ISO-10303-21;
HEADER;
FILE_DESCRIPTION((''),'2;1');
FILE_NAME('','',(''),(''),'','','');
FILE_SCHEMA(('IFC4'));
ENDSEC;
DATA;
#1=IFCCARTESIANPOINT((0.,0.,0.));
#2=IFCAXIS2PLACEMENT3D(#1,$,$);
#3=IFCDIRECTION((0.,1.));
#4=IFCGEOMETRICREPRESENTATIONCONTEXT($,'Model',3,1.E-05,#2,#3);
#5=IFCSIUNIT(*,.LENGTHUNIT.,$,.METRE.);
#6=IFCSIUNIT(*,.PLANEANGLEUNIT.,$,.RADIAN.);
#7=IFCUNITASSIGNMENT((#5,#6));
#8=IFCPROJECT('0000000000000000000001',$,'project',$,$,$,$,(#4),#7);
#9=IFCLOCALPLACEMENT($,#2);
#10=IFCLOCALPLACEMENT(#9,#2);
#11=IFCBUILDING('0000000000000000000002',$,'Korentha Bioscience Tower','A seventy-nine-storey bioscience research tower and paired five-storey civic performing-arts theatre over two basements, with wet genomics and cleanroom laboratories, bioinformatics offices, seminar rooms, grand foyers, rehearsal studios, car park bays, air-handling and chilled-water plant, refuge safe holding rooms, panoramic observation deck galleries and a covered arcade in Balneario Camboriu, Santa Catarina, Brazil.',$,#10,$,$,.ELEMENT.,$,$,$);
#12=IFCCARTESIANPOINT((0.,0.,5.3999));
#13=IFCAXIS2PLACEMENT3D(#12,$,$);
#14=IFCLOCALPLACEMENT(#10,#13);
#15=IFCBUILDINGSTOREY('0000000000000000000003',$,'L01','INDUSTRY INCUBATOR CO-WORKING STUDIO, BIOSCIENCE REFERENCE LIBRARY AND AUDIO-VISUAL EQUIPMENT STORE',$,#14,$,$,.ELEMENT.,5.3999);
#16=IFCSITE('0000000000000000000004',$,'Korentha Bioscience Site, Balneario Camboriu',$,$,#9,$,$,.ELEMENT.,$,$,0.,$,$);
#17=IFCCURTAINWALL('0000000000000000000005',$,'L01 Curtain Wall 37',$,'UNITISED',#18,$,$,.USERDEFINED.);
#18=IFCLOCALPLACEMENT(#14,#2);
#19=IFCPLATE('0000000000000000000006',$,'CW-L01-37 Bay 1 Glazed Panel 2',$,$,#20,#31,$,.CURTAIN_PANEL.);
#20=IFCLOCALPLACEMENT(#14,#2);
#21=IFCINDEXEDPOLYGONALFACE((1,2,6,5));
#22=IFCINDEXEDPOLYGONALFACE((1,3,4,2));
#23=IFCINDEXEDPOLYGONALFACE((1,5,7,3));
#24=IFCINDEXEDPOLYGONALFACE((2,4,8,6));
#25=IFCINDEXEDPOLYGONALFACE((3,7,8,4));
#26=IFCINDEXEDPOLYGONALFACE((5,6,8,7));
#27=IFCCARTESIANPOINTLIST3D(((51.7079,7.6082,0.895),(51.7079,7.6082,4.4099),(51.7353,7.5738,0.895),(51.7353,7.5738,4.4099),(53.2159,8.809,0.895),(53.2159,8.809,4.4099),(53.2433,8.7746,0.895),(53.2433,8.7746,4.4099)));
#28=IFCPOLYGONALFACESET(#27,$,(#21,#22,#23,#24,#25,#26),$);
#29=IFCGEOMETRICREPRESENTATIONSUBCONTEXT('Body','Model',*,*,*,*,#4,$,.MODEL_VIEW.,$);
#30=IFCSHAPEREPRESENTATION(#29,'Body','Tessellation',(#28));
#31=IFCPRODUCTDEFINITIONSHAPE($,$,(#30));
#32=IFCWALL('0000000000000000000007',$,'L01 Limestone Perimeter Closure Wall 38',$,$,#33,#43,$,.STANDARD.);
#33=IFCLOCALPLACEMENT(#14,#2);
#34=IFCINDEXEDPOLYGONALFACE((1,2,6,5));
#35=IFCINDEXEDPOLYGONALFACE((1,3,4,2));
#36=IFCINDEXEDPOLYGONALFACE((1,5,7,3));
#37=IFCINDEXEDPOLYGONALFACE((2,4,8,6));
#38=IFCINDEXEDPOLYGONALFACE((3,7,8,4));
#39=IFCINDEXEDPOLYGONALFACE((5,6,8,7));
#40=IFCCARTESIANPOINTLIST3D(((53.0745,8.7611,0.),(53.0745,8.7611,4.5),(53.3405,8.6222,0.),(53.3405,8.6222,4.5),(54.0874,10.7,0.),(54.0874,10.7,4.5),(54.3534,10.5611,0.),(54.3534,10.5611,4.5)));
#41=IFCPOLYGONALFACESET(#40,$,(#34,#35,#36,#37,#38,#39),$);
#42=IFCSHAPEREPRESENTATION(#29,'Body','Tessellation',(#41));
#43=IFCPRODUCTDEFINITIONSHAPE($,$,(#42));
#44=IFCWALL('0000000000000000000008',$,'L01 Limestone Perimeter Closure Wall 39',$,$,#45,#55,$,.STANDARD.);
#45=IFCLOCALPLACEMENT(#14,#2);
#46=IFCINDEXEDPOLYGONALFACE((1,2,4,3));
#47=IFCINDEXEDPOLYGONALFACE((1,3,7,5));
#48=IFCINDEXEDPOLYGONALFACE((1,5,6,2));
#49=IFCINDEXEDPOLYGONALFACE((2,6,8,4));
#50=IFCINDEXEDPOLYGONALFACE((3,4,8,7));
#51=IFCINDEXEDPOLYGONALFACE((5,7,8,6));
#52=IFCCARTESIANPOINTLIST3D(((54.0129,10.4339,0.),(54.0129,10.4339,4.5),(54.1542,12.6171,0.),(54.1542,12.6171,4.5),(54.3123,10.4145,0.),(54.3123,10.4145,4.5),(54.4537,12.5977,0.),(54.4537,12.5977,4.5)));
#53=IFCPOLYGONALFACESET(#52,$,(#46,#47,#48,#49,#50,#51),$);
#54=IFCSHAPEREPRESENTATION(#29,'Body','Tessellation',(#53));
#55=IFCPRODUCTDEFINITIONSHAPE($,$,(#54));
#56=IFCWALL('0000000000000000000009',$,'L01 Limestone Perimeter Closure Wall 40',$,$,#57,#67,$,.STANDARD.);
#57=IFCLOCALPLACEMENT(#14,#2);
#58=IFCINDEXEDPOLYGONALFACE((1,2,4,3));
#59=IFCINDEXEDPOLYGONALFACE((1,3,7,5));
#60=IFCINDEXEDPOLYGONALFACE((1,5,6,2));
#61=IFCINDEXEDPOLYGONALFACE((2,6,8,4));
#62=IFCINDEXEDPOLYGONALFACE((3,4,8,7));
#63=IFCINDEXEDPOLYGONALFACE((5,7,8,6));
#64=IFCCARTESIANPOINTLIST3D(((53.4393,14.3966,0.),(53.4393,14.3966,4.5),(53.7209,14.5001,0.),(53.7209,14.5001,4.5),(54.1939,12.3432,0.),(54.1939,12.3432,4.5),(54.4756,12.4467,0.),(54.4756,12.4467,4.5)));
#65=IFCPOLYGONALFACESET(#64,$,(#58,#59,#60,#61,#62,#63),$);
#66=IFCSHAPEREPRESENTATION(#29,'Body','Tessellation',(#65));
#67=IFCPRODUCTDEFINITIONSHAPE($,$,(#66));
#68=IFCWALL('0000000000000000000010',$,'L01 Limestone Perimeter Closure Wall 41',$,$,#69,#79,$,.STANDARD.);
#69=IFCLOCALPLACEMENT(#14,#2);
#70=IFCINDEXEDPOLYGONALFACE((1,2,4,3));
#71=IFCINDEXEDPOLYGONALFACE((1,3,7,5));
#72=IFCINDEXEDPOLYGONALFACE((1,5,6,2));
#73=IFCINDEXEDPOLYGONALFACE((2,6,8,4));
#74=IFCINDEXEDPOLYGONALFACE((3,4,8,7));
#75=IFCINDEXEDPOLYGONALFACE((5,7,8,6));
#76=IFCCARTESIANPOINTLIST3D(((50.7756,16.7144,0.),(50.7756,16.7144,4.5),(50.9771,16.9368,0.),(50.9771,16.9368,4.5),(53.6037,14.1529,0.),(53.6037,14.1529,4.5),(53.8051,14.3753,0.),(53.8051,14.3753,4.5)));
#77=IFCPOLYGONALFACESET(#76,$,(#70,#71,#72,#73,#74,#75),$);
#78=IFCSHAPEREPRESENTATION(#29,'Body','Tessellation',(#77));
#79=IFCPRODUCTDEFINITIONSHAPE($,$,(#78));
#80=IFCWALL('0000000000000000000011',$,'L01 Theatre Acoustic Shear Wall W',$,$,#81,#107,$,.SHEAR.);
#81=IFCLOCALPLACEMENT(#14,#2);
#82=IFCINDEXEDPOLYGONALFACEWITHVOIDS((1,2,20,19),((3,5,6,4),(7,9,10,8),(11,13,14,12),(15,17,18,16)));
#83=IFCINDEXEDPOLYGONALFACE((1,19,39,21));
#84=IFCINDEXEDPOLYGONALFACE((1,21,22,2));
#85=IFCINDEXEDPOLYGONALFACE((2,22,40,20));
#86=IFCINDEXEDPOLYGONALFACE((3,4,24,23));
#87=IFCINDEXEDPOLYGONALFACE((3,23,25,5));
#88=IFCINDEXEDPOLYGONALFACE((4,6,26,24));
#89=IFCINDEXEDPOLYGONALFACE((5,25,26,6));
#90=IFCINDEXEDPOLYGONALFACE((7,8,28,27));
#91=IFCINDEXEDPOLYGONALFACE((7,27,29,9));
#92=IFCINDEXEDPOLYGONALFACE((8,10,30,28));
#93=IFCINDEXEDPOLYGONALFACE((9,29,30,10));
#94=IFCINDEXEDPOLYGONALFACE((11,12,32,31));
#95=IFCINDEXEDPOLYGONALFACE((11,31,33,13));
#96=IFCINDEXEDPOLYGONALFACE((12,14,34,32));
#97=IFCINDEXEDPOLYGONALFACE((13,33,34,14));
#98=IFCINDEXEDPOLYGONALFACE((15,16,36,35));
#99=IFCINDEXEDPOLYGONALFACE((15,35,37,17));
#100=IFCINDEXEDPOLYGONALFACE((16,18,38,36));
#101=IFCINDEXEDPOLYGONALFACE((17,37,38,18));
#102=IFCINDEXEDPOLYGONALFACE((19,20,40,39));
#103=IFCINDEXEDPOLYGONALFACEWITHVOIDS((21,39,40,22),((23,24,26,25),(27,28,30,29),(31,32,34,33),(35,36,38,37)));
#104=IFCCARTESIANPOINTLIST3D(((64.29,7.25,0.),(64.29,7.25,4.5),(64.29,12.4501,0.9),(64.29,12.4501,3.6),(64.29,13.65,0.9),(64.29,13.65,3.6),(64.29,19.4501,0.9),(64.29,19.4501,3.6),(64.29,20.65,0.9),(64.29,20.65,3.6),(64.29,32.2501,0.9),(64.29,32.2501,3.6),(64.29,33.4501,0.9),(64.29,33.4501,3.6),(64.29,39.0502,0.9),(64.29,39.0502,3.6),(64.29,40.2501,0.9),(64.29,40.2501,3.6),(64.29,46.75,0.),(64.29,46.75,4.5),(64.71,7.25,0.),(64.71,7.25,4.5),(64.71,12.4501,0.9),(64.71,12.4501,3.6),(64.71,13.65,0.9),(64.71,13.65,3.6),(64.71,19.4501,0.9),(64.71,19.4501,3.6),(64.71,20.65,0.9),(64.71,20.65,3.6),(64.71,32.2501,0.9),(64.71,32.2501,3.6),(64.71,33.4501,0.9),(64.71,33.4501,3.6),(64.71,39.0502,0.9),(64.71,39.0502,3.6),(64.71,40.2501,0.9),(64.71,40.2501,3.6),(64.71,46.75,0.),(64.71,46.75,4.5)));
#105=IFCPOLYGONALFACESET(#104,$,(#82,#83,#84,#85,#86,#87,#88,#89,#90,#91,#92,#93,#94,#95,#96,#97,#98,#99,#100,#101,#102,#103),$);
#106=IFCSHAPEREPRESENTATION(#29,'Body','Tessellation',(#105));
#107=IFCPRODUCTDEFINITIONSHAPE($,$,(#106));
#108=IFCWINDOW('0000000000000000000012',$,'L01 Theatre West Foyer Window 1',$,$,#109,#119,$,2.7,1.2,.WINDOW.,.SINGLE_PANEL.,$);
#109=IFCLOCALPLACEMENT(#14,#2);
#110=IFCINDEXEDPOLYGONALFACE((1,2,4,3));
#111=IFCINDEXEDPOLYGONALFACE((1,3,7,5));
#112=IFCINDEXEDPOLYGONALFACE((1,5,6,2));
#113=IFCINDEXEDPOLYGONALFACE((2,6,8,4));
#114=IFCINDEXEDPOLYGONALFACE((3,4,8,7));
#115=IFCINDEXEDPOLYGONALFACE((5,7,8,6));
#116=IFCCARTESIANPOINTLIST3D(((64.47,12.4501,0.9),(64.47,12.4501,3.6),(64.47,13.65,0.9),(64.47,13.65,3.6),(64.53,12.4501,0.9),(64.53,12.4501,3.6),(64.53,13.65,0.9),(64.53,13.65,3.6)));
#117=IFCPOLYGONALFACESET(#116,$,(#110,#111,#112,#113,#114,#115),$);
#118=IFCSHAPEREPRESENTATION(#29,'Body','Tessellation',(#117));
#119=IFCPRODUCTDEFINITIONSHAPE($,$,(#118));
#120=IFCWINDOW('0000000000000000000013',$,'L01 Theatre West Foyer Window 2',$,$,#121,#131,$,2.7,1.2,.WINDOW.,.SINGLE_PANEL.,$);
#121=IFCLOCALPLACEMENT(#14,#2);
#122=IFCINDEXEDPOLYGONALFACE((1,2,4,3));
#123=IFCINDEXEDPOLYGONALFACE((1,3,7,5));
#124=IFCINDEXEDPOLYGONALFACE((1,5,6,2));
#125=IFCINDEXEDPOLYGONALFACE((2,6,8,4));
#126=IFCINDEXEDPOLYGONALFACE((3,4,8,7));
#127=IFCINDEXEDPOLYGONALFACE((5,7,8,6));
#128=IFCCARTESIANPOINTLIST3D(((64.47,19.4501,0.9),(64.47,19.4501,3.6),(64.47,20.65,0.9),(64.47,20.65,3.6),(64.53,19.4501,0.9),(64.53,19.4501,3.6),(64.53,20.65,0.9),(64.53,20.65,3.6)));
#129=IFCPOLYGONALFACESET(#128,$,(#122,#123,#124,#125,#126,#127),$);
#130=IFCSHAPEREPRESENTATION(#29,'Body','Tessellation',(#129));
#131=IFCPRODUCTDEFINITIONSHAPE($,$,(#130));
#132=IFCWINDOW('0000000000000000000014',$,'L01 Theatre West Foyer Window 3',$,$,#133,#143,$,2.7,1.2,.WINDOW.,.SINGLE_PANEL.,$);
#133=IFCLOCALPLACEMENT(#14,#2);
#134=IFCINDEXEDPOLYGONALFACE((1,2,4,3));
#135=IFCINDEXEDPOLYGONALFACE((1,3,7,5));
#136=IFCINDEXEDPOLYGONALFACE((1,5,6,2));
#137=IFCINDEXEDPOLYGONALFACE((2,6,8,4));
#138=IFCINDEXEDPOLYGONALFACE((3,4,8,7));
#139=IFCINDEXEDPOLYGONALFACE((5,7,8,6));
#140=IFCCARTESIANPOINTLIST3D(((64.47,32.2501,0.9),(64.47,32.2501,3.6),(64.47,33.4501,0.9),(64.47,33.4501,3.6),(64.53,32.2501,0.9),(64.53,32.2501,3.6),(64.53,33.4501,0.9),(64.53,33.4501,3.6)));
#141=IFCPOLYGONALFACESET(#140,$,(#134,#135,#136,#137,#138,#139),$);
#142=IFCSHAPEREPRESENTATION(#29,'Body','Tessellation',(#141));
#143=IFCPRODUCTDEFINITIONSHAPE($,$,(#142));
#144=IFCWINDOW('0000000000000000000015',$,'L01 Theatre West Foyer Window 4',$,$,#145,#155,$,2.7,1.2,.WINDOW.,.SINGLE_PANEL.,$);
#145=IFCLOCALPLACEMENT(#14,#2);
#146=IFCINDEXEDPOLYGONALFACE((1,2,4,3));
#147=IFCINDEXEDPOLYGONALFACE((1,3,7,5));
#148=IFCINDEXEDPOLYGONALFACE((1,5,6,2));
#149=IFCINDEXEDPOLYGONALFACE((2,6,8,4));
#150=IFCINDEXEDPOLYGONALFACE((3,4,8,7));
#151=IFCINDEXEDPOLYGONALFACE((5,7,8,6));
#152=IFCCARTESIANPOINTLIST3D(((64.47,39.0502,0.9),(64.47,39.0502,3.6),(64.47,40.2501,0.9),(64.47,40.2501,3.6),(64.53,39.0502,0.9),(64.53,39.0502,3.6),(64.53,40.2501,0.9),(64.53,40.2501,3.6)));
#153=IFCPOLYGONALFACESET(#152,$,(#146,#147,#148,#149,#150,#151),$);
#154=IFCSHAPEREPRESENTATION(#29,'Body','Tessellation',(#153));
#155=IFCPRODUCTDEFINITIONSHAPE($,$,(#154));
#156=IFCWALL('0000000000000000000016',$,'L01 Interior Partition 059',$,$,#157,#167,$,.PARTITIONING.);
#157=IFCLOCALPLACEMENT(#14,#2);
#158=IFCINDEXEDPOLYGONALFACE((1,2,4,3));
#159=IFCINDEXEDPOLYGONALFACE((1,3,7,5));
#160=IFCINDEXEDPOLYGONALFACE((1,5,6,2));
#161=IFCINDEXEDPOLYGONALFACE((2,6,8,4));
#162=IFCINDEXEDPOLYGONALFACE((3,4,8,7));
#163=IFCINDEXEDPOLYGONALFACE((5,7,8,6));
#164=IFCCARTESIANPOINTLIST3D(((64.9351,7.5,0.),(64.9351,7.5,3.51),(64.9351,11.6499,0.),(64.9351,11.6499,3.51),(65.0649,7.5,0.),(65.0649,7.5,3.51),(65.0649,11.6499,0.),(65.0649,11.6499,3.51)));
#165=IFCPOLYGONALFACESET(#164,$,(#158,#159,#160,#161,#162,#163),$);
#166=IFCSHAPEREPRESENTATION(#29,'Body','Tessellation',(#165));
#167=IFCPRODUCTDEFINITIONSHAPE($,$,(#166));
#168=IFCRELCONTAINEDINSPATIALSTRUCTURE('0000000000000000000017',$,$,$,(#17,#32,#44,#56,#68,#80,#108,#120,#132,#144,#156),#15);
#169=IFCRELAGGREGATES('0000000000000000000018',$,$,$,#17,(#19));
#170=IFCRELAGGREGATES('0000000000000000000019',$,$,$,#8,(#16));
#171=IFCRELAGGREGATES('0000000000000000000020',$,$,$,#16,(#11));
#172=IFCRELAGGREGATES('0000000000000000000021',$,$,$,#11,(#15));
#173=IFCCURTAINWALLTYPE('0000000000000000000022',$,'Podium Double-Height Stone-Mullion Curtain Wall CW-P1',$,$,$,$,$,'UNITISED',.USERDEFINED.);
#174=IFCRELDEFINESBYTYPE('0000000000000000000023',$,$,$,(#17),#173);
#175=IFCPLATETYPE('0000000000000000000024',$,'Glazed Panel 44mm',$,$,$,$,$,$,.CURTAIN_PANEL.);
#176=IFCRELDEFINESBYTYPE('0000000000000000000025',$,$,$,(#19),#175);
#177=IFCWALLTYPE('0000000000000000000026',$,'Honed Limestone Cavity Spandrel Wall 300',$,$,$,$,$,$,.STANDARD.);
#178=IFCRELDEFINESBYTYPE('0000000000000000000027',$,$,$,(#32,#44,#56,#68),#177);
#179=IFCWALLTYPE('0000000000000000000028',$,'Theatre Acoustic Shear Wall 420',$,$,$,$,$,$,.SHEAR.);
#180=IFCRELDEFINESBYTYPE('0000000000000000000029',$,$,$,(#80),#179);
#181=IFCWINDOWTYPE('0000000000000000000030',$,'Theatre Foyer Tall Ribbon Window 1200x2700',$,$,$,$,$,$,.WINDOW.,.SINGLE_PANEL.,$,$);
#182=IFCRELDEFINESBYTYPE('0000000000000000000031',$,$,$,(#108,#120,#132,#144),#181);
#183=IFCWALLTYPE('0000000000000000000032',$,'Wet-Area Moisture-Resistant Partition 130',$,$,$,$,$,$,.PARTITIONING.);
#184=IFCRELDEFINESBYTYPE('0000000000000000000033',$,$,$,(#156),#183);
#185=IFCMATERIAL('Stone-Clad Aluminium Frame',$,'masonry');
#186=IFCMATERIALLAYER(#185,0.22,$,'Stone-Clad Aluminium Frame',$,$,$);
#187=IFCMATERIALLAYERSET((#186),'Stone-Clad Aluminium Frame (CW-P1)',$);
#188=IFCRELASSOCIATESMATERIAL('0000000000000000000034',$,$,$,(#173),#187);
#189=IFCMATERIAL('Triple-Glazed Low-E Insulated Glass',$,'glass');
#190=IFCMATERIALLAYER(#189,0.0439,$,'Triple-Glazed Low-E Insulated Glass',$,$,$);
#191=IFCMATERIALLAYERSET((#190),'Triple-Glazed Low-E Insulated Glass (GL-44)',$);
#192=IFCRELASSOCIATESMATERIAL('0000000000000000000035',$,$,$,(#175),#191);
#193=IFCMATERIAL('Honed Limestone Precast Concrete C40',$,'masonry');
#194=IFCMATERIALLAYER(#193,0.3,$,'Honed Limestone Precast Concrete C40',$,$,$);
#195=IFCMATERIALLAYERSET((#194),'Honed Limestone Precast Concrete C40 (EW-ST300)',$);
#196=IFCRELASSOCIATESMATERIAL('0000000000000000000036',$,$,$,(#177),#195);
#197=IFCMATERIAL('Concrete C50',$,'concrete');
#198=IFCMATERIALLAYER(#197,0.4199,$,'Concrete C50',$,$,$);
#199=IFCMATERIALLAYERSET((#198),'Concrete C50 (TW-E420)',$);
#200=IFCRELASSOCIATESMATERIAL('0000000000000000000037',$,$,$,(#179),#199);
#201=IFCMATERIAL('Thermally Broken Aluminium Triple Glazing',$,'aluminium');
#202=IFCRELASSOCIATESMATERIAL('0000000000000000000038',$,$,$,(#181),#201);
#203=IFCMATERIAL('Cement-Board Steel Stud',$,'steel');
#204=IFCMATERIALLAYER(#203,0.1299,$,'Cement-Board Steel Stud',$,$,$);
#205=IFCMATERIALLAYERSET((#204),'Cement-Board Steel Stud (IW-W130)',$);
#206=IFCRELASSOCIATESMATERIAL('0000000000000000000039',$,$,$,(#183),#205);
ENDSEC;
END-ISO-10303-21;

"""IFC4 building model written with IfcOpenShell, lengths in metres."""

from ifc_helpers import new_model, si_unit, direction, frame, frame_2d, origin, origin_2d, place, context, subcontext, project, spatial, rectangle, extrude, material, layer, layer_set, type_object, element, fill, aggregate, save


model = new_model("IFC4")

# Units and contexts
model_context = context("Model", 3, precision=1e-05, world=origin(), true_north=direction((0.0, 1.0)))
body_context = subcontext(model_context, "Body", "Model", "MODEL_VIEW")
ifc_project = project(units=[si_unit("LENGTHUNIT", "METRE"), si_unit("PLANEANGLEUNIT", "RADIAN")], contexts=[model_context])

# Site, building, storey
site_placement = place(None, origin())
site = spatial("IfcSite", under=ifc_project, at=site_placement, Name="Korentha Bioscience Site, Balneario Camboriu", CompositionType="ELEMENT", RefElevation=0.0)
building_placement = place(site_placement, origin())
building = spatial("IfcBuilding", under=site, at=building_placement, Name="Korentha Bioscience Tower", Description="A seventy-nine-storey bioscience research tower and paired five-storey civic performing-arts theatre over two basements, with wet genomics and cleanroom laboratories, bioinformatics offices, seminar rooms, grand foyers, rehearsal studios, car park bays, air-handling and chilled-water plant, refuge safe holding rooms, panoramic observation deck galleries and a covered arcade in Balneario Camboriu, Santa Catarina, Brazil.", CompositionType="ELEMENT")
storey_placement = place(building_placement, frame((0.0, 0.0, 5.3999)))
storey = spatial("IfcBuildingStorey", under=building, at=storey_placement, Name="L01", Description="INDUSTRY INCUBATOR CO-WORKING STUDIO, BIOSCIENCE REFERENCE LIBRARY AND AUDIO-VISUAL EQUIPMENT STORE", CompositionType="ELEMENT", Elevation=5.3999)

# Curtain wall
ifc_material_1 = material(Name="Stone-Clad Aluminium Frame", Category="masonry")
ifc_layer_1 = layer(ifc_material_1, 0.22, Name="Stone-Clad Aluminium Frame")
ifc_layer_set_1 = layer_set([ifc_layer_1], Name="Stone-Clad Aluminium Frame (CW-P1)")
curtain_wall_type = type_object("IfcCurtainWallType", Name="Podium Double-Height Stone-Mullion Curtain Wall CW-P1", ElementType="UNITISED", PredefinedType="USERDEFINED", material=ifc_layer_set_1)
curtain_wall_1_placement = place(storey_placement, origin())
curtain_wall_1 = element("IfcCurtainWall", 1, at=curtain_wall_1_placement, inside=storey, type_object=curtain_wall_type, Name="L01 Curtain Wall 37", ObjectType="UNITISED", PredefinedType="USERDEFINED")

# Plate
ifc_material_2 = material(Name="Triple-Glazed Low-E Insulated Glass", Category="glass")
ifc_layer_2 = layer(ifc_material_2, 0.0439, Name="Triple-Glazed Low-E Insulated Glass")
ifc_layer_set_2 = layer_set([ifc_layer_2], Name="Triple-Glazed Low-E Insulated Glass (GL-44)")
plate_type = type_object("IfcPlateType", Name="Glazed Panel 44mm", PredefinedType="CURTAIN_PANEL", material=ifc_layer_set_2)
plate_1_placement = place(storey_placement, frame((52.4756, 8.1914, 0.895), z_axis=(0.0, 0.0, 1.0), x_axis=(0.782288, 0.622917, 0.0)))
plate_1 = element("IfcPlate", 2, at=plate_1_placement, type_object=plate_type, Name="CW-L01-37 Bay 1 Glazed Panel 2", PredefinedType="CURTAIN_PANEL", context=body_context, shape_type="SweptSolid", body=[
    extrude(rectangle(XDim=1.9277, YDim=0.0439, at=origin_2d()), origin(), (0.0, 0.0, 1.0), 3.5149),
])
aggregate(curtain_wall_1, [plate_1])

# Walls
ifc_material_3 = material(Name="Honed Limestone Precast Concrete C40", Category="masonry")
ifc_layer_3 = layer(ifc_material_3, 0.3, Name="Honed Limestone Precast Concrete C40")
ifc_layer_set_3 = layer_set([ifc_layer_3], Name="Honed Limestone Precast Concrete C40 (EW-ST300)")
wall_type_1 = type_object("IfcWallType", Name="Honed Limestone Cavity Spandrel Wall 300", PredefinedType="STANDARD", material=ifc_layer_set_3)
wall_1_placement = place(storey_placement, frame((53.2075, 8.6917, 0.0), z_axis=(0.0, 0.0, 1.0), x_axis=(0.463035, 0.88634, 0.0)))
element("IfcWall", 3, at=wall_1_placement, inside=storey, type_object=wall_type_1, Name="L01 Limestone Perimeter Closure Wall 38", PredefinedType="STANDARD", context=body_context, shape_type="SweptSolid", body=[
    extrude(rectangle(XDim=2.1875, YDim=0.3, at=frame_2d((1.0938, 0.0))), origin(), (0.0, 0.0, 1.0), 4.5),
])
for number, where, z_axis, x_axis, name in (
    (4, (54.1626, 10.4243, 0.0), (0.0, 0.0, 1.0), (0.064615, 0.99791, 0.0), "L01 Limestone Perimeter Closure Wall 39"),
    (5, (54.3347, 12.395, 0.0), (0.0, 0.0, 1.0), (-0.34494, 0.938625, 0.0), "L01 Limestone Perimeter Closure Wall 40"),
):
    element("IfcWall", number, at=place(storey_placement, frame(where, z_axis=z_axis, x_axis=x_axis)), inside=storey, type_object=wall_type_1, Name=name, PredefinedType="STANDARD", context=body_context, shape_type="SweptSolid", body=[
        extrude(rectangle(XDim=2.1877, YDim=0.3, at=frame_2d((1.0938, 0.0))), origin(), (0.0, 0.0, 1.0), 4.5),
    ])
wall_2_placement = place(storey_placement, frame((53.7043, 14.2642, 0.0), z_axis=(0.0, 0.0, 1.0), x_axis=(-0.741178, 0.671309, 0.0)))
element("IfcWall", 6, at=wall_2_placement, inside=storey, type_object=wall_type_1, Name="L01 Limestone Perimeter Closure Wall 41", PredefinedType="STANDARD", context=body_context, shape_type="SweptSolid", body=[
    extrude(rectangle(XDim=3.8157, YDim=0.3, at=frame_2d((1.9077, 0.0))), origin(), (0.0, 0.0, 1.0), 4.5),
])

# Wall, openings, windows
ifc_material_4 = material(Name="Concrete C50", Category="concrete")
ifc_layer_4 = layer(ifc_material_4, 0.4199, Name="Concrete C50")
ifc_layer_set_4 = layer_set([ifc_layer_4], Name="Concrete C50 (TW-E420)")
wall_type_2 = type_object("IfcWallType", Name="Theatre Acoustic Shear Wall 420", PredefinedType="SHEAR", material=ifc_layer_set_4)
wall_3_placement = place(storey_placement, frame((64.5, 7.25, 0.0), z_axis=(0.0, 0.0, 1.0), x_axis=(0.0, 1.0, 0.0)))
wall_3 = element("IfcWall", 7, at=wall_3_placement, inside=storey, type_object=wall_type_2, Name="L01 Theatre Acoustic Shear Wall W", PredefinedType="SHEAR", context=body_context, shape_type="SweptSolid", body=[
    extrude(rectangle(XDim=39.5, YDim=0.4199, at=frame_2d((19.75, 0.0))), origin(), (0.0, 0.0, 1.0), 4.5),
])
opening_1_placement = place(wall_3_placement, frame((5.2, 0.0, 0.8999)))
opening_1 = element("IfcOpeningElement", 8, at=opening_1_placement, cuts=wall_3, PredefinedType="OPENING", context=body_context, shape_type="SweptSolid", body=[
    extrude(rectangle(XDim=1.2, YDim=2.7, at=frame_2d((0.6001, 1.3501))), frame((0.0, 0.2249, 0.0), z_axis=(0.0, -1.0, 0.0), x_axis=(1.0, 0.0, 0.0)), (0.0, 0.0, 1.0), 0.4497),
])
opening_2_placement = place(wall_3_placement, frame((12.2, 0.0, 0.8999)))
opening_2 = element("IfcOpeningElement", 9, at=opening_2_placement, cuts=wall_3, PredefinedType="OPENING", context=body_context, shape_type="SweptSolid", body=[
    extrude(rectangle(XDim=1.2, YDim=2.7, at=frame_2d((0.6001, 1.3501))), frame((0.0, 0.2249, 0.0), z_axis=(0.0, -1.0, 0.0), x_axis=(1.0, 0.0, 0.0)), (0.0, 0.0, 1.0), 0.4497),
])
opening_3_placement = place(wall_3_placement, frame((25.0, 0.0, 0.8999)))
opening_3 = element("IfcOpeningElement", 10, at=opening_3_placement, cuts=wall_3, PredefinedType="OPENING", context=body_context, shape_type="SweptSolid", body=[
    extrude(rectangle(XDim=1.2, YDim=2.7, at=frame_2d((0.6001, 1.3501))), frame((0.0, 0.2249, 0.0), z_axis=(0.0, -1.0, 0.0), x_axis=(1.0, 0.0, 0.0)), (0.0, 0.0, 1.0), 0.4497),
])
opening_4_placement = place(wall_3_placement, frame((31.8, 0.0, 0.8999)))
opening_4 = element("IfcOpeningElement", 11, at=opening_4_placement, cuts=wall_3, PredefinedType="OPENING", context=body_context, shape_type="SweptSolid", body=[
    extrude(rectangle(XDim=1.2, YDim=2.7, at=frame_2d((0.6001, 1.3501))), frame((0.0, 0.2249, 0.0), z_axis=(0.0, -1.0, 0.0), x_axis=(1.0, 0.0, 0.0)), (0.0, 0.0, 1.0), 0.4497),
])
ifc_material_5 = material(Name="Thermally Broken Aluminium Triple Glazing", Category="aluminium")
window_type = type_object("IfcWindowType", Name="Theatre Foyer Tall Ribbon Window 1200x2700", PartitioningType="SINGLE_PANEL", PredefinedType="WINDOW", material=ifc_material_5)
window_1_placement = place(opening_1_placement, origin())
window_1 = element("IfcWindow", 12, at=window_1_placement, inside=storey, type_object=window_type, Name="L01 Theatre West Foyer Window 1", OverallHeight=2.7, OverallWidth=1.2, PartitioningType="SINGLE_PANEL", PredefinedType="WINDOW", context=body_context, shape_type="SweptSolid", body=[
    extrude(rectangle(XDim=1.2, YDim=2.7, at=frame_2d((0.6001, 1.3501))), frame((0.0, 0.03, 0.0), z_axis=(0.0, -1.0, 0.0), x_axis=(1.0, 0.0, 0.0)), (0.0, 0.0, 1.0), 0.0601),
])
fill(opening_1, window_1)
window_2_placement = place(opening_2_placement, origin())
window_2 = element("IfcWindow", 13, at=window_2_placement, inside=storey, type_object=window_type, Name="L01 Theatre West Foyer Window 2", OverallHeight=2.7, OverallWidth=1.2, PartitioningType="SINGLE_PANEL", PredefinedType="WINDOW", context=body_context, shape_type="SweptSolid", body=[
    extrude(rectangle(XDim=1.2, YDim=2.7, at=frame_2d((0.6001, 1.3501))), frame((0.0, 0.03, 0.0), z_axis=(0.0, -1.0, 0.0), x_axis=(1.0, 0.0, 0.0)), (0.0, 0.0, 1.0), 0.0601),
])
fill(opening_2, window_2)
window_3_placement = place(opening_3_placement, origin())
window_3 = element("IfcWindow", 14, at=window_3_placement, inside=storey, type_object=window_type, Name="L01 Theatre West Foyer Window 3", OverallHeight=2.7, OverallWidth=1.2, PartitioningType="SINGLE_PANEL", PredefinedType="WINDOW", context=body_context, shape_type="SweptSolid", body=[
    extrude(rectangle(XDim=1.2, YDim=2.7, at=frame_2d((0.6001, 1.3501))), frame((0.0, 0.03, 0.0), z_axis=(0.0, -1.0, 0.0), x_axis=(1.0, 0.0, 0.0)), (0.0, 0.0, 1.0), 0.0601),
])
fill(opening_3, window_3)
window_4_placement = place(opening_4_placement, origin())
window_4 = element("IfcWindow", 15, at=window_4_placement, inside=storey, type_object=window_type, Name="L01 Theatre West Foyer Window 4", OverallHeight=2.7, OverallWidth=1.2, PartitioningType="SINGLE_PANEL", PredefinedType="WINDOW", context=body_context, shape_type="SweptSolid", body=[
    extrude(rectangle(XDim=1.2, YDim=2.7, at=frame_2d((0.6001, 1.3501))), frame((0.0, 0.03, 0.0), z_axis=(0.0, -1.0, 0.0), x_axis=(1.0, 0.0, 0.0)), (0.0, 0.0, 1.0), 0.0601),
])
fill(opening_4, window_4)

# Wall
ifc_material_6 = material(Name="Cement-Board Steel Stud", Category="steel")
ifc_layer_5 = layer(ifc_material_6, 0.1299, Name="Cement-Board Steel Stud")
ifc_layer_set_5 = layer_set([ifc_layer_5], Name="Cement-Board Steel Stud (IW-W130)")
wall_type_3 = type_object("IfcWallType", Name="Wet-Area Moisture-Resistant Partition 130", PredefinedType="PARTITIONING", material=ifc_layer_set_5)
wall_4_placement = place(storey_placement, frame((65.0, 7.5, 0.0), z_axis=(0.0, 0.0, 1.0), x_axis=(0.0, 1.0, 0.0)))
element("IfcWall", 16, at=wall_4_placement, inside=storey, type_object=wall_type_3, Name="L01 Interior Partition 059", PredefinedType="PARTITIONING", context=body_context, shape_type="SweptSolid", body=[
    extrude(rectangle(XDim=4.1499, YDim=0.1299, at=frame_2d((2.075, 0.0))), origin(), (0.0, 0.0, 1.0), 3.51),
])

save(model, "model.ifc")
